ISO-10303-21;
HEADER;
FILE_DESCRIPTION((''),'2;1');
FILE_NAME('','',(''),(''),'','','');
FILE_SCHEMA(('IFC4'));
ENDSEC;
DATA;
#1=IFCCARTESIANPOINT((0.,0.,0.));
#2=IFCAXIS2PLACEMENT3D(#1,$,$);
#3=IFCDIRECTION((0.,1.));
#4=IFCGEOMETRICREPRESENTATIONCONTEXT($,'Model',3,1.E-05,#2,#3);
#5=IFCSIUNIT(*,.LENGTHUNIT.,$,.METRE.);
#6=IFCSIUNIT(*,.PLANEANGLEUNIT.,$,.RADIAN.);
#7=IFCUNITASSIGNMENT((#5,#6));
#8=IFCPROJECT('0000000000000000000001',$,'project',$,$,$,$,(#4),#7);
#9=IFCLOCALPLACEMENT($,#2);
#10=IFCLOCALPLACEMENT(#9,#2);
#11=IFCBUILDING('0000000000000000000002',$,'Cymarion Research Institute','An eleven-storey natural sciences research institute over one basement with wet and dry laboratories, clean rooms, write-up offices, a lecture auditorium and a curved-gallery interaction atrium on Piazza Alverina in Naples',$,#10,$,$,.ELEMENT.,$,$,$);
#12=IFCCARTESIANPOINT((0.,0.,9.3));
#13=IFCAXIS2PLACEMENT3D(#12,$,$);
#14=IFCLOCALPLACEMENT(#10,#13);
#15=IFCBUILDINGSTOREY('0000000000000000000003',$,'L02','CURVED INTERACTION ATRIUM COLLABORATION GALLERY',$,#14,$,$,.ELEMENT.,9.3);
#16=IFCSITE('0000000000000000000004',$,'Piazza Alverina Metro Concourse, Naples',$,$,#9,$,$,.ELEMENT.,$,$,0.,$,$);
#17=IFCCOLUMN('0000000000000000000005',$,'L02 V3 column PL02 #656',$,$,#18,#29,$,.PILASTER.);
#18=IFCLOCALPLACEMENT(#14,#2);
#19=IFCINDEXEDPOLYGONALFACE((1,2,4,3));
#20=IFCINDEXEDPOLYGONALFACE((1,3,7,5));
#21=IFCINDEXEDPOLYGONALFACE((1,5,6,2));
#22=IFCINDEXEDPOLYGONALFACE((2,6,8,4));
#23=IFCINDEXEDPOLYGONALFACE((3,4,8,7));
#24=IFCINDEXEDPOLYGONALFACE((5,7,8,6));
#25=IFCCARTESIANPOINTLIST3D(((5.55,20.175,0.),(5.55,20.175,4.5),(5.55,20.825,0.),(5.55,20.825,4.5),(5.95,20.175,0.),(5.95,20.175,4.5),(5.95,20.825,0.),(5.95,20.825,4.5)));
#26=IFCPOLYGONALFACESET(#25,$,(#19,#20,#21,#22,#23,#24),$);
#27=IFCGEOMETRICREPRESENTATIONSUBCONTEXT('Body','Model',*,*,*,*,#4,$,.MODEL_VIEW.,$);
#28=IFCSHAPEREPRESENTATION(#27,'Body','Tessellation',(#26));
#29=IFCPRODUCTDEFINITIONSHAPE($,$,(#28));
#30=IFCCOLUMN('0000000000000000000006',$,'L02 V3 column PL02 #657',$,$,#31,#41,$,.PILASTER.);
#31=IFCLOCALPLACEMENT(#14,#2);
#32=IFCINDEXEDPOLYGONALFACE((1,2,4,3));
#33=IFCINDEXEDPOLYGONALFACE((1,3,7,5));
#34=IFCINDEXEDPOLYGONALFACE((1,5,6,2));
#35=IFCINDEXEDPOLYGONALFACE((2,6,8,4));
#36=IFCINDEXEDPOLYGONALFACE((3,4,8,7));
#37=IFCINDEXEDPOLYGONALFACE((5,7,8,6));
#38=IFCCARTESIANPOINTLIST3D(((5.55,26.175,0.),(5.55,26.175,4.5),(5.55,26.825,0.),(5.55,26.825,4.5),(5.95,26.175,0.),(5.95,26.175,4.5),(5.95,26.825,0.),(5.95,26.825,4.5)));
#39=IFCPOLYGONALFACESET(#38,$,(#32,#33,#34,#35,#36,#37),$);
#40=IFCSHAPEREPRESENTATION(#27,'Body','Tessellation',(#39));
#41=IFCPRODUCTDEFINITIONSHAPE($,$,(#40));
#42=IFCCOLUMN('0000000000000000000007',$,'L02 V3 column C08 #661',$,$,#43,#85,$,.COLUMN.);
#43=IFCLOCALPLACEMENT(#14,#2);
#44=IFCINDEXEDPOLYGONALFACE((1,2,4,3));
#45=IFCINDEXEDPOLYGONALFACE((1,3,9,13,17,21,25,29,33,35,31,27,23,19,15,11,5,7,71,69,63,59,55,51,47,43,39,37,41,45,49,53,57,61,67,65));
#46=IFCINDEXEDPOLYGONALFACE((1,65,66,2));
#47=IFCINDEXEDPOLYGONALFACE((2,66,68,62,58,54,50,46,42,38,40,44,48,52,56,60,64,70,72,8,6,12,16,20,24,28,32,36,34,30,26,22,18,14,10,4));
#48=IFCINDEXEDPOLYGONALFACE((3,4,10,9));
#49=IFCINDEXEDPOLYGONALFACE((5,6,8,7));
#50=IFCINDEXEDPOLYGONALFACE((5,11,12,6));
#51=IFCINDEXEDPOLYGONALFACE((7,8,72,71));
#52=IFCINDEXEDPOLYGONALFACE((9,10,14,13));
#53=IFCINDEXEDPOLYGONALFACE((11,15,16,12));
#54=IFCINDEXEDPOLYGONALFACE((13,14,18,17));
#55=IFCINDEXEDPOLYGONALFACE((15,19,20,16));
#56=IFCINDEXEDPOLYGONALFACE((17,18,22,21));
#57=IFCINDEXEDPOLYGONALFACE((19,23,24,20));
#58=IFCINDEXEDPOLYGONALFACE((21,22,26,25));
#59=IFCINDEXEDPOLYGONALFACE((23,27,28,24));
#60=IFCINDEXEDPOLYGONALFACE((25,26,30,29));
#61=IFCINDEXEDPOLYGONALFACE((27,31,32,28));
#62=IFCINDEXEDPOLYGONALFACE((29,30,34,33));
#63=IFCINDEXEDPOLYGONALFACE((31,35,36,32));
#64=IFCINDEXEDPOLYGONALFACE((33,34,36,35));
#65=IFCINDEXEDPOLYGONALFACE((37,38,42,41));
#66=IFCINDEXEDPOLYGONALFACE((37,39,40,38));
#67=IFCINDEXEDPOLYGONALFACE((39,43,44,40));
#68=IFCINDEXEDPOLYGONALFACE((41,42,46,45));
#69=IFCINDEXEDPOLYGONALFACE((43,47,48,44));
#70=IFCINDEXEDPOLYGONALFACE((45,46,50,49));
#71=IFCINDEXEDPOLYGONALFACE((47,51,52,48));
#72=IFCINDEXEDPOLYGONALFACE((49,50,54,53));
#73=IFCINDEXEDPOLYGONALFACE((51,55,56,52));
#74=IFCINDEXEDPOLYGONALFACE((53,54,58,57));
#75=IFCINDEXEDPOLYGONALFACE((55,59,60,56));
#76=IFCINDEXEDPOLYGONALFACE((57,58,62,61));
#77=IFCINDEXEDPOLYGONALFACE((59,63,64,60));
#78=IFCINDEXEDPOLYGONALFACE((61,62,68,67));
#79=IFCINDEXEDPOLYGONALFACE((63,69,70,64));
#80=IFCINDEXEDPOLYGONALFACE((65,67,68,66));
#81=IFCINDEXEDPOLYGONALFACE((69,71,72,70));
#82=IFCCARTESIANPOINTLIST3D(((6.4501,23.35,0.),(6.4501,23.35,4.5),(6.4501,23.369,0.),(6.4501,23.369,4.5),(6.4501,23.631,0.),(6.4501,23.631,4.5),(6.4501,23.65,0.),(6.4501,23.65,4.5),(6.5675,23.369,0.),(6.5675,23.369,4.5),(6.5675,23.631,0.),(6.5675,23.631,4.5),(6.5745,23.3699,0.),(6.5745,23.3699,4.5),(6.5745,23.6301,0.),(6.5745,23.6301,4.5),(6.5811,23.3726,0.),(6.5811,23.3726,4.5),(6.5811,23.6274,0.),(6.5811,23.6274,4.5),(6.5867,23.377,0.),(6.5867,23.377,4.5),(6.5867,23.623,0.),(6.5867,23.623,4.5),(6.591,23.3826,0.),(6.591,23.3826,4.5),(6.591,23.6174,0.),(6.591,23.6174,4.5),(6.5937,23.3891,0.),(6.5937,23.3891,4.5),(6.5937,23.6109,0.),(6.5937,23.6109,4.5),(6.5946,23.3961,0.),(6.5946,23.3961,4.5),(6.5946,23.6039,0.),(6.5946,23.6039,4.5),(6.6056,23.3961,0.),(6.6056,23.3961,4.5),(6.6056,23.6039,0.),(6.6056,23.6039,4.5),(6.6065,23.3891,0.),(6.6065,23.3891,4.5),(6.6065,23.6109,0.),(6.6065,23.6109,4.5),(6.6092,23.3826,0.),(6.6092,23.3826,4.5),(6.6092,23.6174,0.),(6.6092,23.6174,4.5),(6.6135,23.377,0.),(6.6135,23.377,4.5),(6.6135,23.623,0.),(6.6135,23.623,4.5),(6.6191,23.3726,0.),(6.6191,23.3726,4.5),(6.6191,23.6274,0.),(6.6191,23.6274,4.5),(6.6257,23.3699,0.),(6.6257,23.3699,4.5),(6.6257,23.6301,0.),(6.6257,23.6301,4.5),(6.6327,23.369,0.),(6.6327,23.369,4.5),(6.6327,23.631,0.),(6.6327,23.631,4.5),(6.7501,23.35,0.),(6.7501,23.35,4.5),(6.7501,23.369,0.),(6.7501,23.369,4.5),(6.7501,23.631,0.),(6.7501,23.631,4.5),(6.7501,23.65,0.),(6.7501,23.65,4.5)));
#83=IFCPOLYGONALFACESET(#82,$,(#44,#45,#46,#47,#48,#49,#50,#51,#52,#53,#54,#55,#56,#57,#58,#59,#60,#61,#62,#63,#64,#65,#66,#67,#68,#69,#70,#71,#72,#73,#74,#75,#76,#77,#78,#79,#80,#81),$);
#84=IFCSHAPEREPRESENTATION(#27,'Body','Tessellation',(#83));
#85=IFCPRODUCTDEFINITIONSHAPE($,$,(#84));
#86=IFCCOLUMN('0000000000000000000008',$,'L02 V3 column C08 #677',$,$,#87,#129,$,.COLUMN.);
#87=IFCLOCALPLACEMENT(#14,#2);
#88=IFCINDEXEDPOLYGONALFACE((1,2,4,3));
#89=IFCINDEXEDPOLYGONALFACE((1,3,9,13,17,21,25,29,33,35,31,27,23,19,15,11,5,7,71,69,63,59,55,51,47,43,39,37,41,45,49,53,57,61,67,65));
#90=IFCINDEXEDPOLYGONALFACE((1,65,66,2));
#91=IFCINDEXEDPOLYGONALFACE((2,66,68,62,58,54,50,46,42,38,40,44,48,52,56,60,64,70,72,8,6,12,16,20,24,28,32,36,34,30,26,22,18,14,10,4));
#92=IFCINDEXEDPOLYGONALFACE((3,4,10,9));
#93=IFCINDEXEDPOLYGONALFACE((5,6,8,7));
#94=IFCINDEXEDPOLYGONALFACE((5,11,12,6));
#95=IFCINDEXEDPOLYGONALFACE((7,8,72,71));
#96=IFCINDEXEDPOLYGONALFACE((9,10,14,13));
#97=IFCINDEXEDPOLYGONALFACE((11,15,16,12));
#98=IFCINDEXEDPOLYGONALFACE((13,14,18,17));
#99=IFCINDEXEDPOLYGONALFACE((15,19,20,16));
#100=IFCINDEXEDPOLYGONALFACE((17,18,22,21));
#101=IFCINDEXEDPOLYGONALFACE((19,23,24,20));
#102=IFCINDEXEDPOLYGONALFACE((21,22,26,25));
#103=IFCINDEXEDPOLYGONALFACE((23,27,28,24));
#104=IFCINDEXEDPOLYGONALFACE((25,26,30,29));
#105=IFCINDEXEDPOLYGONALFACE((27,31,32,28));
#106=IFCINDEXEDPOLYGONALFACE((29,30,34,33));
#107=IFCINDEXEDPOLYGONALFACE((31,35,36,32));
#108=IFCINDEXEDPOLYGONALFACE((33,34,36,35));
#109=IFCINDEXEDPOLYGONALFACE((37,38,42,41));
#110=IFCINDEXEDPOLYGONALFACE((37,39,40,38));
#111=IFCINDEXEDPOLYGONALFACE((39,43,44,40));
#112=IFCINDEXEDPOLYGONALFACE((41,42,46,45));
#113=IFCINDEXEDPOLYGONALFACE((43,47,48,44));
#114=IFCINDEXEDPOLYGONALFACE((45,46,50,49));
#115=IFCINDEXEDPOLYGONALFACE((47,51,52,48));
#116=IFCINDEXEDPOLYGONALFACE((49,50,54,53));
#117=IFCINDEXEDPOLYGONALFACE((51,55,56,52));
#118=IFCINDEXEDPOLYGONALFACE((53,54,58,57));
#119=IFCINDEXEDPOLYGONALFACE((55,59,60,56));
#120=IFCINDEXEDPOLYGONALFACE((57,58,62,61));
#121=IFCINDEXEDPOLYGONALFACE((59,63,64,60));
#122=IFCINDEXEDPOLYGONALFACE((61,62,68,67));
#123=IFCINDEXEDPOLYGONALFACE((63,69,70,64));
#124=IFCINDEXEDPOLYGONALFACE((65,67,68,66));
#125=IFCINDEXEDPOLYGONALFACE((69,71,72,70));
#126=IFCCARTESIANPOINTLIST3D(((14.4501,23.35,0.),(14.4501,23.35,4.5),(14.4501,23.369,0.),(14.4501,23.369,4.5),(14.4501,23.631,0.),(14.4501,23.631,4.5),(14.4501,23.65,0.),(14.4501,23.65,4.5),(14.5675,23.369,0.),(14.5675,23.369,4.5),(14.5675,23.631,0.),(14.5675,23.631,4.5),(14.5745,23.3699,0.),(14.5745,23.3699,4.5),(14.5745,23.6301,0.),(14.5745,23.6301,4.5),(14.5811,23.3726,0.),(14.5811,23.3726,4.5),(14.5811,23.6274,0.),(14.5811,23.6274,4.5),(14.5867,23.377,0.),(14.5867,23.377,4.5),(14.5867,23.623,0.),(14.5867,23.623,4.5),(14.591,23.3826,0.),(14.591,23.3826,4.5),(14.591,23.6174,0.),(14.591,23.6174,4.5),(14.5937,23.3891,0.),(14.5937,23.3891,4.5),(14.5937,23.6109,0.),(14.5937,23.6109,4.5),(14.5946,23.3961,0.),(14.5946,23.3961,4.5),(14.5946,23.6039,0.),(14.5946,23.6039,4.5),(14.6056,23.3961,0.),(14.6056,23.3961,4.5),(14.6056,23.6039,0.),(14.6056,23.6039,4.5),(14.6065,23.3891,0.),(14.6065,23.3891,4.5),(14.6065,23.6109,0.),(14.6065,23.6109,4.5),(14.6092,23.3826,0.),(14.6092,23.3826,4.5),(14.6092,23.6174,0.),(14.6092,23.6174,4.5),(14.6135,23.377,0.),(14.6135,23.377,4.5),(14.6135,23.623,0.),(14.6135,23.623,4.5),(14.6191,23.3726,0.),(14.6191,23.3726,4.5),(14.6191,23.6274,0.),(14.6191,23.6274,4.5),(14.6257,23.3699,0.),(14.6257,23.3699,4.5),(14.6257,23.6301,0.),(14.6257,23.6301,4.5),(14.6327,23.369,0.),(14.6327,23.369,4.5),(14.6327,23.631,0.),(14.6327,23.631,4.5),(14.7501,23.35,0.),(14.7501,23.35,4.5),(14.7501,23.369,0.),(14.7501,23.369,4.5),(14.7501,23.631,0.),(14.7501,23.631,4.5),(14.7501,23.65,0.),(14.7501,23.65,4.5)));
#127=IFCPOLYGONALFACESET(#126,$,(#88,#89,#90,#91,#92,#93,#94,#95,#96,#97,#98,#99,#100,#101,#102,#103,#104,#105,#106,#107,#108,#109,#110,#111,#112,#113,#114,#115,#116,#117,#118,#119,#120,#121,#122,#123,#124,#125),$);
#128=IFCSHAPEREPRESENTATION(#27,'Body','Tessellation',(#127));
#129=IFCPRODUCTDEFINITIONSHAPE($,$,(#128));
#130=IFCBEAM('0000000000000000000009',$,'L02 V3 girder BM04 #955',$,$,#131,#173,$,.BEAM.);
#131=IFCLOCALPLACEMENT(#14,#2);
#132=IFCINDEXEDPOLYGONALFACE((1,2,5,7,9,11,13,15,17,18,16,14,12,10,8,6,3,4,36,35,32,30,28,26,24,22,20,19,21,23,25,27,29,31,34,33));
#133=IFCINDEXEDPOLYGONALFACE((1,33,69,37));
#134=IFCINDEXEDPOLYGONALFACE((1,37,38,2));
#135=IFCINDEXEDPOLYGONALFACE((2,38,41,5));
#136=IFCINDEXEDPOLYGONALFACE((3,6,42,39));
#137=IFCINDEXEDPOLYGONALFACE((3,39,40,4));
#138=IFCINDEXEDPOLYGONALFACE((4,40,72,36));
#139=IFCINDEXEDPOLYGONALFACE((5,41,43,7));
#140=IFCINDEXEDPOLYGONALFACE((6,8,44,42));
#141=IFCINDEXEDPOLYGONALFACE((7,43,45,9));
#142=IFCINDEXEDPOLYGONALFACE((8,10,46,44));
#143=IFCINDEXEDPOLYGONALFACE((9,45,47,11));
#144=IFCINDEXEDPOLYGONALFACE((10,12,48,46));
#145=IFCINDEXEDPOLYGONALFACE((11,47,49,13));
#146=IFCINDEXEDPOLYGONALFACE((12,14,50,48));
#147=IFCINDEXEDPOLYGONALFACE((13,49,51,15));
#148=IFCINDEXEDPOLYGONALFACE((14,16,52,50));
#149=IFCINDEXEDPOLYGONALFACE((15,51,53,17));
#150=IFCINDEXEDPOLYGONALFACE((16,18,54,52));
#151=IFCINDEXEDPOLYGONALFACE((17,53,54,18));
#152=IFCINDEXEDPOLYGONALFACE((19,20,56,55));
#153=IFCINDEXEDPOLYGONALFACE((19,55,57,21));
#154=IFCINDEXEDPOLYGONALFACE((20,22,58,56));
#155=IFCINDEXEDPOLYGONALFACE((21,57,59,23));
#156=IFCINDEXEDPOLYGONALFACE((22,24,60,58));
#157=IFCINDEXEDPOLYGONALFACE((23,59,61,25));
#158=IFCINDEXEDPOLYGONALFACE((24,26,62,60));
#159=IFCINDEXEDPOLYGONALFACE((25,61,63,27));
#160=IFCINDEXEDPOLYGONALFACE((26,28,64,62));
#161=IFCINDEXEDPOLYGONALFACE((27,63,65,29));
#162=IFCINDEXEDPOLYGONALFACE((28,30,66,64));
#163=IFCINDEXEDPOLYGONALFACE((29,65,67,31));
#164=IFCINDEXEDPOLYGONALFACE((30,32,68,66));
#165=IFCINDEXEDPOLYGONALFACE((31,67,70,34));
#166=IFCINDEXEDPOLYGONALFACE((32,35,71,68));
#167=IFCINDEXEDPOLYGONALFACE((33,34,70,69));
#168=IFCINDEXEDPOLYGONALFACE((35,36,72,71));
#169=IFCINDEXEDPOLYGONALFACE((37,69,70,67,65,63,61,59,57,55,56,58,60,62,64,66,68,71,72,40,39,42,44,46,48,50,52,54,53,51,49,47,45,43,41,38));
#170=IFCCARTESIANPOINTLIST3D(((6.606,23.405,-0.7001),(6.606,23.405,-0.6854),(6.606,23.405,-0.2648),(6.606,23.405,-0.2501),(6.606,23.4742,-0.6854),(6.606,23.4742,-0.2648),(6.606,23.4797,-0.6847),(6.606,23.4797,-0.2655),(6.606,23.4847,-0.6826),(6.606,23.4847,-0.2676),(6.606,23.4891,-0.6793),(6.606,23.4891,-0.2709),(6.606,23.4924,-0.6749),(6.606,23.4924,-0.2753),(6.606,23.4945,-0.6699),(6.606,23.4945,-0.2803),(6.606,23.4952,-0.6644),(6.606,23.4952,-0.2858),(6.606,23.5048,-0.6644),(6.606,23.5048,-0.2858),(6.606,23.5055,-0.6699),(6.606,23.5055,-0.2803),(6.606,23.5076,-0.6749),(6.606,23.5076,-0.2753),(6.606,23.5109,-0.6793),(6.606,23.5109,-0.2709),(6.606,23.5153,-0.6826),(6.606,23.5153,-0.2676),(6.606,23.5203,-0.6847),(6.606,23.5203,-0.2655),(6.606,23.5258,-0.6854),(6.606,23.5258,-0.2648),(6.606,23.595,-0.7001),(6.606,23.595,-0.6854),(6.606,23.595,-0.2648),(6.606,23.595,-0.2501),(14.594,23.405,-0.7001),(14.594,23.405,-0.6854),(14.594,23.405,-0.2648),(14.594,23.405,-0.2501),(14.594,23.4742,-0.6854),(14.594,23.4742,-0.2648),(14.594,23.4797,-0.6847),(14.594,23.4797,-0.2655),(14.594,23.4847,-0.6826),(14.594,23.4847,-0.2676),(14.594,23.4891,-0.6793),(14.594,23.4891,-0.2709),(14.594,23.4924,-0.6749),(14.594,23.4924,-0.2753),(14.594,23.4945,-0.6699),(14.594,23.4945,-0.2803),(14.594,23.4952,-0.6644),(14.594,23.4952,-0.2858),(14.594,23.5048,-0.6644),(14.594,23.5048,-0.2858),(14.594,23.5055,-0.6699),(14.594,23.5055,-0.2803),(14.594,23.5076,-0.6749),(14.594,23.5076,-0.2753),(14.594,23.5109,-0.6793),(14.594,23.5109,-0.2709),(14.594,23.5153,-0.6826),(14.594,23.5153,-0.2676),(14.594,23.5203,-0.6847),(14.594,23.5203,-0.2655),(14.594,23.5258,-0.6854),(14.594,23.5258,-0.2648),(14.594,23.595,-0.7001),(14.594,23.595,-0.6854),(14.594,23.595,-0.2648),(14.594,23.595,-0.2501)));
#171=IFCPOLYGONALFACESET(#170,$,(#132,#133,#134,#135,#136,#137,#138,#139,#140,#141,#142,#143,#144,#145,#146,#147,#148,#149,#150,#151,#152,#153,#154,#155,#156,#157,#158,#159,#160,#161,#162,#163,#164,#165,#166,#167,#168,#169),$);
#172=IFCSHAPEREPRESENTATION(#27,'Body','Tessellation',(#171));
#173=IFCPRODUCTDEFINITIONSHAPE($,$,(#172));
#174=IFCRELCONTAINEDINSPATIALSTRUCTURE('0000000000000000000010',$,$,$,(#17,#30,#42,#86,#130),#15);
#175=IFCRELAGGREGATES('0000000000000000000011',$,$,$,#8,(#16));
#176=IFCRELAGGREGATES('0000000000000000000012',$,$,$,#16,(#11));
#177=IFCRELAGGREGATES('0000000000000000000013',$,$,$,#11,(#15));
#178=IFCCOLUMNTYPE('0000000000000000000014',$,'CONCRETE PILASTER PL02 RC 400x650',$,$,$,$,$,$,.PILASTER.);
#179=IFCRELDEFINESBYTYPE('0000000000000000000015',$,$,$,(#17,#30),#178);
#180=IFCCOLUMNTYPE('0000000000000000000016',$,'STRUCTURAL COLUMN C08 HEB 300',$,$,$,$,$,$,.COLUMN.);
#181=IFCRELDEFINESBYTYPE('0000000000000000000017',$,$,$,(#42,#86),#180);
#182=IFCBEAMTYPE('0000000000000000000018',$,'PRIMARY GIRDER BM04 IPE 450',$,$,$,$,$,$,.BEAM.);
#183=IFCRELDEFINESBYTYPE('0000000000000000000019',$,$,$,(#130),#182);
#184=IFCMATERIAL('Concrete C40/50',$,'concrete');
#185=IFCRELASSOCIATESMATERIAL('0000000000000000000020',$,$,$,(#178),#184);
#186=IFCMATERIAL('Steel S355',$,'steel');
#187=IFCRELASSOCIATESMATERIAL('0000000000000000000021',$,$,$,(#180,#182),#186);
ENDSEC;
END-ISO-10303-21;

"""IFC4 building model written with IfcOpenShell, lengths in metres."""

from ifc_helpers import new_model, si_unit, direction, frame, origin, origin_2d, place, context, subcontext, project, spatial, rectangle, i_section, extrude, material, material_profile, profile_set, type_object, element, save


model = new_model("IFC4")

# Units and contexts
model_context = context("Model", 3, precision=1e-05, world=origin(), true_north=direction((0.0, 1.0)))
body_context = subcontext(model_context, "Body", "Model", "MODEL_VIEW")
ifc_project = project(units=[si_unit("LENGTHUNIT", "METRE"), si_unit("PLANEANGLEUNIT", "RADIAN")], contexts=[model_context])

# Site, building, storey
site_placement = place(None, origin())
site = spatial("IfcSite", under=ifc_project, at=site_placement, Name="Piazza Alverina Metro Concourse, Naples", CompositionType="ELEMENT", RefElevation=0.0)
building_placement = place(site_placement, origin())
building = spatial("IfcBuilding", under=site, at=building_placement, Name="Cymarion Research Institute", Description="An eleven-storey natural sciences research institute over one basement with wet and dry laboratories, clean rooms, write-up offices, a lecture auditorium and a curved-gallery interaction atrium on Piazza Alverina in Naples", CompositionType="ELEMENT")
storey_placement = place(building_placement, frame((0.0, 0.0, 9.3)))
storey = spatial("IfcBuildingStorey", under=building, at=storey_placement, Name="L02", Description="CURVED INTERACTION ATRIUM COLLABORATION GALLERY", CompositionType="ELEMENT", Elevation=9.3)

# Columns
ifc_material_1 = material(Name="Concrete C40/50", Category="concrete")
ifc_material_profile_1 = material_profile(ifc_material_1, rectangle(XDim=0.3999, YDim=0.6499, at=origin_2d()), Name="RC 400x650")
ifc_profile_set_1 = profile_set([ifc_material_profile_1], Name="Concrete C40/50")
column_type_1 = type_object("IfcColumnType", Name="CONCRETE PILASTER PL02 RC 400x650", PredefinedType="PILASTER", material=ifc_profile_set_1)
for number, where, z_axis, x_axis, name in (
    (1, (5.75, 20.5, 0.0), (0.0, 0.0, 1.0), (1.0, 0.0, 0.0), "L02 V3 column PL02 #656"),
    (2, (5.75, 26.5, 0.0), (0.0, 0.0, 1.0), (1.0, 0.0, 0.0), "L02 V3 column PL02 #657"),
):
    element("IfcColumn", number, at=place(storey_placement, frame(where, z_axis=z_axis, x_axis=x_axis)), inside=storey, type_object=column_type_1, Name=name, PredefinedType="PILASTER", context=body_context, shape_type="SweptSolid", body=[
        extrude(rectangle(XDim=0.3999, YDim=0.6499, at=origin_2d()), origin(), (0.0, 0.0, 1.0), 4.5),
    ])
ifc_material_2 = material(Name="Steel S355", Category="steel")
ifc_material_profile_2 = material_profile(ifc_material_2, i_section(OverallWidth=0.3, OverallDepth=0.3, WebThickness=0.011, FlangeThickness=0.019, FilletRadius=0.0271, at=origin_2d()), Name="HEB 300")
ifc_profile_set_2 = profile_set([ifc_material_profile_2], Name="Steel S355")
column_type_2 = type_object("IfcColumnType", Name="STRUCTURAL COLUMN C08 HEB 300", PredefinedType="COLUMN", material=ifc_profile_set_2)
for number, where, z_axis, x_axis, name in (
    (3, (6.6001, 23.5, 0.0), (0.0, 0.0, 1.0), (1.0, 0.0, 0.0), "L02 V3 column C08 #661"),
    (4, (14.6001, 23.5, 0.0), (0.0, 0.0, 1.0), (1.0, 0.0, 0.0), "L02 V3 column C08 #677"),
):
    element("IfcColumn", number, at=place(storey_placement, frame(where, z_axis=z_axis, x_axis=x_axis)), inside=storey, type_object=column_type_2, Name=name, PredefinedType="COLUMN", context=body_context, shape_type="SweptSolid", body=[
        extrude(i_section(OverallWidth=0.3, OverallDepth=0.3, WebThickness=0.011, FlangeThickness=0.019, FilletRadius=0.0271, at=origin_2d()), origin(), (0.0, 0.0, 1.0), 4.5),
    ])

# Beam
ifc_material_profile_3 = material_profile(ifc_material_2, i_section(OverallWidth=0.1899, OverallDepth=0.45, WebThickness=0.0095, FlangeThickness=0.0146, FilletRadius=0.021, at=origin_2d()), Name="IPE 450")
ifc_profile_set_3 = profile_set([ifc_material_profile_3], Name="Steel S355")
beam_type_1 = type_object("IfcBeamType", Name="PRIMARY GIRDER BM04 IPE 450", PredefinedType="BEAM", material=ifc_profile_set_3)
for number, where, z_axis, x_axis, name in (
    (5, (6.606, 23.5, -0.4751), (1.0, 0.0, 0.0), (0.0, 1.0, 0.0), "L02 V3 girder BM04 #955"),
):
    element("IfcBeam", number, at=place(storey_placement, frame(where, z_axis=z_axis, x_axis=x_axis)), inside=storey, type_object=beam_type_1, Name=name, PredefinedType="BEAM", context=body_context, shape_type="SweptSolid", body=[
        extrude(i_section(OverallWidth=0.1899, OverallDepth=0.45, WebThickness=0.0095, FlangeThickness=0.0146, FilletRadius=0.021, at=origin_2d()), origin(), (0.0, 0.0, 1.0), 7.988),
    ])

save(model, "model.ifc")
